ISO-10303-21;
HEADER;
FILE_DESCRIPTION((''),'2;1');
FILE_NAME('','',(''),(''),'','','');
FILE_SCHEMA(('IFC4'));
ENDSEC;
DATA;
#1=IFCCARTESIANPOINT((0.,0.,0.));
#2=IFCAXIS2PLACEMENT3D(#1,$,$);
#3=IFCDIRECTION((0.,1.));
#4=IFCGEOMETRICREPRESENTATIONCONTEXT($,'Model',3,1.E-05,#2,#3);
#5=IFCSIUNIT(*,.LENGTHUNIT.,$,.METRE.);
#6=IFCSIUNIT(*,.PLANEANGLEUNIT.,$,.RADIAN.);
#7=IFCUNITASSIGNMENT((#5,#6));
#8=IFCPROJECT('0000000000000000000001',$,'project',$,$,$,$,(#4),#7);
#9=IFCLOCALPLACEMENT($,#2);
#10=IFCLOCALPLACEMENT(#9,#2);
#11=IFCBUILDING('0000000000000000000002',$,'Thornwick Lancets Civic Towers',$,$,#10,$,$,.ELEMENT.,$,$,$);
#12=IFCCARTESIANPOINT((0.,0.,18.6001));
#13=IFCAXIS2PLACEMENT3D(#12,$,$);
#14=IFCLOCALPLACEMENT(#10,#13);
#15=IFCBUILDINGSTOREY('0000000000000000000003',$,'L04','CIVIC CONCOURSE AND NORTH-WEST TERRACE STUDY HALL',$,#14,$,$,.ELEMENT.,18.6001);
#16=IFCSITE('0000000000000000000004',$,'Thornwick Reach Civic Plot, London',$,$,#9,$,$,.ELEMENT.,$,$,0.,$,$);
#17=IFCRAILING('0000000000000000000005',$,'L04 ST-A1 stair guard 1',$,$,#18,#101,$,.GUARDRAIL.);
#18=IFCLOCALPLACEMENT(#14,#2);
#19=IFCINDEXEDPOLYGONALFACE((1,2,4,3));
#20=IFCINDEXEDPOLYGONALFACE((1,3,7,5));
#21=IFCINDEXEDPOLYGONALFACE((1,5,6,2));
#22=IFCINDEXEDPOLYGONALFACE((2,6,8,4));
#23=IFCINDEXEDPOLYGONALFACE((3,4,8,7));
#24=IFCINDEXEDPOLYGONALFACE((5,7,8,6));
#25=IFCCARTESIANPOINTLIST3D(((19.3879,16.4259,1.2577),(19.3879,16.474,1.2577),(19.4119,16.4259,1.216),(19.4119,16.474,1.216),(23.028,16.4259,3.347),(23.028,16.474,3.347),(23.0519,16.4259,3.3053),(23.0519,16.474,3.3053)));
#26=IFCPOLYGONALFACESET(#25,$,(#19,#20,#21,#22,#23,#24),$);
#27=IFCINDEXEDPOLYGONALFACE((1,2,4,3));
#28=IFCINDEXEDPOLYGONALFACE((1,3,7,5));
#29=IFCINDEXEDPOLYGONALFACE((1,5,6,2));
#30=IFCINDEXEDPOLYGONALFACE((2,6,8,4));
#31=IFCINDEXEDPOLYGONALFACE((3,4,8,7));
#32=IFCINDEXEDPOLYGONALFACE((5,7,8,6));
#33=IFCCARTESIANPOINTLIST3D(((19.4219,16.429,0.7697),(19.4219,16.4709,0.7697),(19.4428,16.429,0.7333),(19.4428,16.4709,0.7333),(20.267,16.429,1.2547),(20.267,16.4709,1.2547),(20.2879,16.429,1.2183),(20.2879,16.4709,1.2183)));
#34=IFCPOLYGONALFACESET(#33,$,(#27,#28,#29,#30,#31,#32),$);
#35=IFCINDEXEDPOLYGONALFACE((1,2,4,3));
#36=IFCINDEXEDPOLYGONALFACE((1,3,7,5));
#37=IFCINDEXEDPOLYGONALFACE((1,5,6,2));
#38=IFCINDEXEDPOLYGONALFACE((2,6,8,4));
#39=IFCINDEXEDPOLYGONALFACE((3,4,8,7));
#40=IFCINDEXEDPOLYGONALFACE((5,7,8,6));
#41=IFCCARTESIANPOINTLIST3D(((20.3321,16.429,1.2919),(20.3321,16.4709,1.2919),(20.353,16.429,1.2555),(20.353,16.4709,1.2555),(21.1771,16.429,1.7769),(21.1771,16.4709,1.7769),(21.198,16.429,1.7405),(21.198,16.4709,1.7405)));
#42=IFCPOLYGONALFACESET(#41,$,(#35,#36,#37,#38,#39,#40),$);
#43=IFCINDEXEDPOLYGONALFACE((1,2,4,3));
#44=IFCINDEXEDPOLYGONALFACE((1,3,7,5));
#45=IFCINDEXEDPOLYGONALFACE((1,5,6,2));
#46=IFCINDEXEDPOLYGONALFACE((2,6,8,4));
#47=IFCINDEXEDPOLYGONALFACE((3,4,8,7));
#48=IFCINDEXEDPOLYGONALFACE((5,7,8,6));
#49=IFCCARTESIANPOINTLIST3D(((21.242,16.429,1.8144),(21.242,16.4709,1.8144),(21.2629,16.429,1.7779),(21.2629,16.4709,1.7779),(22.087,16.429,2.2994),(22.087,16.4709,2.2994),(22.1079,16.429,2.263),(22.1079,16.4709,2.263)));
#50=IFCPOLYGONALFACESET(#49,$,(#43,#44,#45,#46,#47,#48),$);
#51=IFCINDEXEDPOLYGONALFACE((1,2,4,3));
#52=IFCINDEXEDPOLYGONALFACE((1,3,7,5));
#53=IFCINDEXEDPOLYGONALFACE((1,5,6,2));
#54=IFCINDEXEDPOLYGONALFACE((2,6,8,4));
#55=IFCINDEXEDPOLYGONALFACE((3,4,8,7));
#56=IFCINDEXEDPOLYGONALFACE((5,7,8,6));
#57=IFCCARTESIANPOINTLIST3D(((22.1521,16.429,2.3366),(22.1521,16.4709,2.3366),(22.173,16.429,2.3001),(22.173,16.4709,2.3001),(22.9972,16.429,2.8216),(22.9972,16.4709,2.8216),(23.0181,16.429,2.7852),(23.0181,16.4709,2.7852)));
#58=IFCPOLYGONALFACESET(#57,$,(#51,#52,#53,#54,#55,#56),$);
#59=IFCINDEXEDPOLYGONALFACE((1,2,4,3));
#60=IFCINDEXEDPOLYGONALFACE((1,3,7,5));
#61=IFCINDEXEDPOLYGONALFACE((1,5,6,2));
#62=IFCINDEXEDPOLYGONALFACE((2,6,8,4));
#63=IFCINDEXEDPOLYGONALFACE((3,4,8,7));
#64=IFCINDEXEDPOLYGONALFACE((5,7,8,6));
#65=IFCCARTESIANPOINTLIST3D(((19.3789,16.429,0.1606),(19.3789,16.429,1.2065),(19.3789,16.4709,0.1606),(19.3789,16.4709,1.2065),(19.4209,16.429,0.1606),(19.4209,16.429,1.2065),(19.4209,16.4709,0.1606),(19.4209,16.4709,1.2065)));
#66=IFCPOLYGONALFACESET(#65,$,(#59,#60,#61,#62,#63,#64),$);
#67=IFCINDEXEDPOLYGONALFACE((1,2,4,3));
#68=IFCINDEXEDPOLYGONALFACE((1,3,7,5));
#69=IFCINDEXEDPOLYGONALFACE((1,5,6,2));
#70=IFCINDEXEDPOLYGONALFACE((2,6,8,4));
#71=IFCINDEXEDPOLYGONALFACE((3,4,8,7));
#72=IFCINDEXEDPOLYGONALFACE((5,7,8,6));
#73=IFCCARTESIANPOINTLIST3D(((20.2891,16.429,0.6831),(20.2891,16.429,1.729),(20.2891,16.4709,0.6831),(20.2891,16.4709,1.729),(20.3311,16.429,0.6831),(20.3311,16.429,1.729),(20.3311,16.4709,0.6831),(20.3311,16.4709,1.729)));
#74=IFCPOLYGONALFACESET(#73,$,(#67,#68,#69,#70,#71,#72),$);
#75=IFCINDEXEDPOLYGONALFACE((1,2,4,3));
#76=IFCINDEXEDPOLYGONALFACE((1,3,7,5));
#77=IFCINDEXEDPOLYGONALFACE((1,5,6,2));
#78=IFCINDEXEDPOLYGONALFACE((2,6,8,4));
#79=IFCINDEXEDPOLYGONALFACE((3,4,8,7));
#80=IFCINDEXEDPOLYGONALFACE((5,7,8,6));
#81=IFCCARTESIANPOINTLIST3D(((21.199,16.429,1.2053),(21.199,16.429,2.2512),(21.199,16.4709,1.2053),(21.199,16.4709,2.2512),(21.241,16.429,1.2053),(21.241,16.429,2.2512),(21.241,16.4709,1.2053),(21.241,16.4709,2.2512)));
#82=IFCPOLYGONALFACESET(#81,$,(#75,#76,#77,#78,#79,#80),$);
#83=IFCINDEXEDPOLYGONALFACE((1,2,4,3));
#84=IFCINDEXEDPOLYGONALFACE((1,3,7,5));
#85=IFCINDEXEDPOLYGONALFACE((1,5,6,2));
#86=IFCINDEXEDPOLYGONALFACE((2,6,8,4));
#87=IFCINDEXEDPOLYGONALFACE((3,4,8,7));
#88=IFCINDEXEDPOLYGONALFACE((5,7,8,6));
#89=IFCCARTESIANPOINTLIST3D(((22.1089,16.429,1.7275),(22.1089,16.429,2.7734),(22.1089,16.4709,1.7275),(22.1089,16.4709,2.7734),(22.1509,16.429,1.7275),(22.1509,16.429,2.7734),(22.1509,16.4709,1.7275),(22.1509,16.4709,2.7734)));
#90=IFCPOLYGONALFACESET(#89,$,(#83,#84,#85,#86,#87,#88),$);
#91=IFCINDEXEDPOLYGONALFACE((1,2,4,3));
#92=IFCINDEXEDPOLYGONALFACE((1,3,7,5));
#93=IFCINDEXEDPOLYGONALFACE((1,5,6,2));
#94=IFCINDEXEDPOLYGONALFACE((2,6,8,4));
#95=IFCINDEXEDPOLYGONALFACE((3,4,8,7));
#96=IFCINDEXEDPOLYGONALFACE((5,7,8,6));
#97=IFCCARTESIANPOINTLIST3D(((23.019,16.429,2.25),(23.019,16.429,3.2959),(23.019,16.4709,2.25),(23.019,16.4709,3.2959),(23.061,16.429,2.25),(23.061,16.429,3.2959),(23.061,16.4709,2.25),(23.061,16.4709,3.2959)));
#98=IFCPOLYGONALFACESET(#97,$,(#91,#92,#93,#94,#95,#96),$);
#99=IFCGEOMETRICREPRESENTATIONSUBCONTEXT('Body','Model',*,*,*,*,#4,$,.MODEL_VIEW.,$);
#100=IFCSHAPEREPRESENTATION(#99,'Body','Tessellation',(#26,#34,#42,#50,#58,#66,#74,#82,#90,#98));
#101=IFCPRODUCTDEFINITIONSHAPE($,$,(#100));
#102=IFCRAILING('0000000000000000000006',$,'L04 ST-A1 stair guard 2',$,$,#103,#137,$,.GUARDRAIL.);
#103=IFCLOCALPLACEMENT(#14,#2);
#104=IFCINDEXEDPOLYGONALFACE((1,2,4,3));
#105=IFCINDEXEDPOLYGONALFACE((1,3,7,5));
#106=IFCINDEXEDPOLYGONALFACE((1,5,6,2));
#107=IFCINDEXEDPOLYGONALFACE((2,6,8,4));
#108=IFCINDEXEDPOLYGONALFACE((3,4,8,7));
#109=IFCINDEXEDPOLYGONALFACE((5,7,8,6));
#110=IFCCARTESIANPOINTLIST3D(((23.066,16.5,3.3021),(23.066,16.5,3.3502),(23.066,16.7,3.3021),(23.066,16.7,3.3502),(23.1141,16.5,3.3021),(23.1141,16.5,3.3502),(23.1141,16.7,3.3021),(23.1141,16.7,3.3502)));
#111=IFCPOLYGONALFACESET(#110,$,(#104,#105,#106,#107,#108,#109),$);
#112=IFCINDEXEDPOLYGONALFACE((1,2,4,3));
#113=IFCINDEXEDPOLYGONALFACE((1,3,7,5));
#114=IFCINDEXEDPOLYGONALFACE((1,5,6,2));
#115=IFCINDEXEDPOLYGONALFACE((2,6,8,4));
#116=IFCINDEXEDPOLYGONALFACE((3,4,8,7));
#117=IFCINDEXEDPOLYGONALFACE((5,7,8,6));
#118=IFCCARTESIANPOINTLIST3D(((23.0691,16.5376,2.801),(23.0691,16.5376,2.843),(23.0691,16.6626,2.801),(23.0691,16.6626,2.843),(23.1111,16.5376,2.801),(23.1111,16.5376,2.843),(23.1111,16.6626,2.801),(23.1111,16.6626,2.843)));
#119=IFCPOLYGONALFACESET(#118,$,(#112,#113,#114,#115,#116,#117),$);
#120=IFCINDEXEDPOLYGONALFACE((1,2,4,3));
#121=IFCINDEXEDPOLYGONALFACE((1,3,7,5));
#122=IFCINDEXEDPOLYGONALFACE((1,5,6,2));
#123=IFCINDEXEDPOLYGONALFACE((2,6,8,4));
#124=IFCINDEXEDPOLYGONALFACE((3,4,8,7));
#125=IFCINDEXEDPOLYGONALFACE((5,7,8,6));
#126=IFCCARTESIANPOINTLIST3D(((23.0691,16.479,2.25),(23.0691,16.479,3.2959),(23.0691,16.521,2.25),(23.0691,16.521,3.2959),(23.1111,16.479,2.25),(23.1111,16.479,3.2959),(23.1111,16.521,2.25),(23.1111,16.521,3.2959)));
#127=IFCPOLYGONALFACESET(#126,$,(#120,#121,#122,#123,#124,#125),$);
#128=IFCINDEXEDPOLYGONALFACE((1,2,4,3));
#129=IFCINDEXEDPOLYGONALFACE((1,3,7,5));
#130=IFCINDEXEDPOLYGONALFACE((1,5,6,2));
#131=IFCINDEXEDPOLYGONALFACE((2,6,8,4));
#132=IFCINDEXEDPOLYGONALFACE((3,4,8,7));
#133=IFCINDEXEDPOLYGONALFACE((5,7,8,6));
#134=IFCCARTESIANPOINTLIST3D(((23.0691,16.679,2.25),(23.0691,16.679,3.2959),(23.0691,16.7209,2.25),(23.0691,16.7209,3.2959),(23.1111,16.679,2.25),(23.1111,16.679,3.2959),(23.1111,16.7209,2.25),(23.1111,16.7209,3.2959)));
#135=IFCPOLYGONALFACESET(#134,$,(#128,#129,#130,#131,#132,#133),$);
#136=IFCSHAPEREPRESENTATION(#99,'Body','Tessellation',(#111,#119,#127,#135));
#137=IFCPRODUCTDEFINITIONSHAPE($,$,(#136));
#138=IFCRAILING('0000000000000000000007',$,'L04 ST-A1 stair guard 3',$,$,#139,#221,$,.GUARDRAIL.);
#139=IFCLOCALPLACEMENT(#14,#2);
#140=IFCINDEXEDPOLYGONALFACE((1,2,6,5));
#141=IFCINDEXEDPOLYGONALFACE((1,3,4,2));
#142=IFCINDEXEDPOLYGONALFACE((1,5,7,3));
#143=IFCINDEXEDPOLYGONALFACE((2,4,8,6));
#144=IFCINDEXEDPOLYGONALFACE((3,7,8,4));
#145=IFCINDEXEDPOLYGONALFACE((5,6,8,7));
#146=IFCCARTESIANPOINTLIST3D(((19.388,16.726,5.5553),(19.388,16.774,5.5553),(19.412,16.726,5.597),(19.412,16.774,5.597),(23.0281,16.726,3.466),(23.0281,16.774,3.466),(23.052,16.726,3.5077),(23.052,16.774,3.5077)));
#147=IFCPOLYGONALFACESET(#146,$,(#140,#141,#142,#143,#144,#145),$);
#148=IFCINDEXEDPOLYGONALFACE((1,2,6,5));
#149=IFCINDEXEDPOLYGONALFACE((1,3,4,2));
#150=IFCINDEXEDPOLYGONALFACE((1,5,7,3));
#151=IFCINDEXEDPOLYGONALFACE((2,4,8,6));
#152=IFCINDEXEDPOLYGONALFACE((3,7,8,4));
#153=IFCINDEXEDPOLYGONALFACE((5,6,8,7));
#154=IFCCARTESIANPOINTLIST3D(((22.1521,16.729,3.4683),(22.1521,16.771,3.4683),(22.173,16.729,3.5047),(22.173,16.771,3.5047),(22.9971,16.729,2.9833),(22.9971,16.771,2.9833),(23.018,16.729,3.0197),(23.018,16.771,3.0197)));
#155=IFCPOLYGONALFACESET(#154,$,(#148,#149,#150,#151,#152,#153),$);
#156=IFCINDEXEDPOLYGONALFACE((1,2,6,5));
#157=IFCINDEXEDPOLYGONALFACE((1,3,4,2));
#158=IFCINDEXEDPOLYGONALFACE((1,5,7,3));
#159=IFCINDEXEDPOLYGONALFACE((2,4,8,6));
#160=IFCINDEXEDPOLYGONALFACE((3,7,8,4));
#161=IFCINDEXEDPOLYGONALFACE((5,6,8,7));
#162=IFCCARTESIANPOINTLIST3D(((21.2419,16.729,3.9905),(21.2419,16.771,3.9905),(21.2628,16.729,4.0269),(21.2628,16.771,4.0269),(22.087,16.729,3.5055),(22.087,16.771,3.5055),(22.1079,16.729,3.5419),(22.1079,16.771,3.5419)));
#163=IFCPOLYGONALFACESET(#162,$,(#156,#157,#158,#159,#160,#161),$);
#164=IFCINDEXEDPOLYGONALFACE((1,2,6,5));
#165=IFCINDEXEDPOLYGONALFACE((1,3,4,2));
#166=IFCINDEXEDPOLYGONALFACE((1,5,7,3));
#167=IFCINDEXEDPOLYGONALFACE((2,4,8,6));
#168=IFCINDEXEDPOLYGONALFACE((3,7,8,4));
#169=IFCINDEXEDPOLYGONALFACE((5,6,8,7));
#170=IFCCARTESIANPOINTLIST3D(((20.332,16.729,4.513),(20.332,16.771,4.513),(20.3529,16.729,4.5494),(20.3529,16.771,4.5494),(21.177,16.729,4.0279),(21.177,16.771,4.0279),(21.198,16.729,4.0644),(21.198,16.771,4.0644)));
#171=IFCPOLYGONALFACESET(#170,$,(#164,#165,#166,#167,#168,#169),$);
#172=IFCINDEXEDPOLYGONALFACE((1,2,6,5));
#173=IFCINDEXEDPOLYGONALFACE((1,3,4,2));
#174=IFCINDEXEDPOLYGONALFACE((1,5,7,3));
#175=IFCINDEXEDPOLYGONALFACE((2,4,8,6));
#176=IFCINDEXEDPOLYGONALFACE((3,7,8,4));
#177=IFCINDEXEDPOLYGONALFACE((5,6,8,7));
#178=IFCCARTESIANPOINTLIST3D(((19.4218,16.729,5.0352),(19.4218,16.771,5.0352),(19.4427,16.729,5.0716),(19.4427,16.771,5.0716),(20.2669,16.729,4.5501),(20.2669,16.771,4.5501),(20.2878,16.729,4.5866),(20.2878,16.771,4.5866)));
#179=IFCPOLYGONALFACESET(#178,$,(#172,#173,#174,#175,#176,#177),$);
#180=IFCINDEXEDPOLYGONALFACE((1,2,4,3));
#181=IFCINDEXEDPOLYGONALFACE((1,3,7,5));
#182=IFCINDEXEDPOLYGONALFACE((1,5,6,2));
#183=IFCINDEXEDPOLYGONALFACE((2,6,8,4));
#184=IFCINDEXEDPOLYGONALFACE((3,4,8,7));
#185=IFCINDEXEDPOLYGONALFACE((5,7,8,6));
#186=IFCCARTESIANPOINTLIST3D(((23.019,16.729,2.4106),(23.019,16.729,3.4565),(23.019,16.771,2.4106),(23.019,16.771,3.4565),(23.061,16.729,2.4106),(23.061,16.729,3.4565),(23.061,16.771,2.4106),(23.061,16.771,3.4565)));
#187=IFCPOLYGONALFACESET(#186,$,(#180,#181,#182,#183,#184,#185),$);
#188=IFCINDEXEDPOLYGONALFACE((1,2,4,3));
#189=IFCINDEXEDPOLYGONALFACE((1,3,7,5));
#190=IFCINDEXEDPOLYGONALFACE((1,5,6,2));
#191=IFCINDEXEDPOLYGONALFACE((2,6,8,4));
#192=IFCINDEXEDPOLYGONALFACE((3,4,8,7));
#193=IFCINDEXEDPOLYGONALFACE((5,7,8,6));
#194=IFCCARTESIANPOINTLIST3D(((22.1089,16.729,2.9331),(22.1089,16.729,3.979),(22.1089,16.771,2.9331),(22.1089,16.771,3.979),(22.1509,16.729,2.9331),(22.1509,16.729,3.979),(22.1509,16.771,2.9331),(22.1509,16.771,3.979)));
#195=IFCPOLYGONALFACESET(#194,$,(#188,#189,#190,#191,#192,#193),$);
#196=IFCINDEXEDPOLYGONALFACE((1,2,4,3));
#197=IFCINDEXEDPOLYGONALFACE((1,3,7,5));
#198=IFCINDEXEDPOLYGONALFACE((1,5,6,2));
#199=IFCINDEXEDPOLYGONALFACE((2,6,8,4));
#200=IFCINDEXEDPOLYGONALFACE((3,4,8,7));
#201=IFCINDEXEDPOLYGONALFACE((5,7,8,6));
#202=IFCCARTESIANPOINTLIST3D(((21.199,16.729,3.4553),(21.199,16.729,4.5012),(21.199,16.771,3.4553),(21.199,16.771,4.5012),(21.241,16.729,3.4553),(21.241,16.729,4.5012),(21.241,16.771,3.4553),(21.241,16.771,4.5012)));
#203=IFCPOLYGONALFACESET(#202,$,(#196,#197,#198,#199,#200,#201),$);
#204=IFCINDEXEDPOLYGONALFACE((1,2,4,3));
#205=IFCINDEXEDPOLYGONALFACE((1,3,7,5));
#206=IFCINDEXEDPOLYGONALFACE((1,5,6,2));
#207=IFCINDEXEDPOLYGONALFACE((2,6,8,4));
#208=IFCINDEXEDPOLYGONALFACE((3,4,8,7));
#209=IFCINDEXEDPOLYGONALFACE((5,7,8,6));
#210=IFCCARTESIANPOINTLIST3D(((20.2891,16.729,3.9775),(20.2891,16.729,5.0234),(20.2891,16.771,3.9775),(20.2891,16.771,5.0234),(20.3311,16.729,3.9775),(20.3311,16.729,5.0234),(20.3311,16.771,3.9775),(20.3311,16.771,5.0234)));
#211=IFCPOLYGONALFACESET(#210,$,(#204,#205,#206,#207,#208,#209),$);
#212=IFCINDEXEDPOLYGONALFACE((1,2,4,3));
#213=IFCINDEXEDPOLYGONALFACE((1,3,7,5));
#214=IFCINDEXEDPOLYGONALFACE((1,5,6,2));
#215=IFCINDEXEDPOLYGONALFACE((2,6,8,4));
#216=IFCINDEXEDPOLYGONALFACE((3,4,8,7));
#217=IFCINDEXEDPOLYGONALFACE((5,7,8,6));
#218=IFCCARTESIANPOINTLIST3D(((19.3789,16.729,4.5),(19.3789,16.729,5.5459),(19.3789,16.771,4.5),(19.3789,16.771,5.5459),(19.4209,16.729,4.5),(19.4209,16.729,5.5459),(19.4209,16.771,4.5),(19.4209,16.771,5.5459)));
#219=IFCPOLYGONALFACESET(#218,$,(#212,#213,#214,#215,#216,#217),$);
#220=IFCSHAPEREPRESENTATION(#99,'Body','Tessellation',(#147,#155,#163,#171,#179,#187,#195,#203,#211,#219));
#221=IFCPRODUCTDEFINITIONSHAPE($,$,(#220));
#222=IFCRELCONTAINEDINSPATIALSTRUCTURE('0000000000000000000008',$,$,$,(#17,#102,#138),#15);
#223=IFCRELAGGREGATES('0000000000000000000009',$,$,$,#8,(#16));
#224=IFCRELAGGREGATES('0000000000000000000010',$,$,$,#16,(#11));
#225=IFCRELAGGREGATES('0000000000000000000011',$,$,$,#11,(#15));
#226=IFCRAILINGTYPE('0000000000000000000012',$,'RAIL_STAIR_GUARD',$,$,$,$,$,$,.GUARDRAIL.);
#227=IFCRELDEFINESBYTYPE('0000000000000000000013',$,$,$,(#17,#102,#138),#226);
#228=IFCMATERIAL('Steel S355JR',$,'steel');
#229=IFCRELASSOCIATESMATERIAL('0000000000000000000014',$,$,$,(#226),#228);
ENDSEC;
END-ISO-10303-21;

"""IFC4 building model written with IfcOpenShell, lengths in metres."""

from ifc_helpers import new_model, si_unit, direction, frame, origin, origin_2d, place, context, subcontext, project, spatial, rectangle, extrude, material, type_object, element, save


model = new_model("IFC4")

# Units and contexts
model_context = context("Model", 3, precision=1e-05, world=origin(), true_north=direction((0.0, 1.0)))
body_context = subcontext(model_context, "Body", "Model", "MODEL_VIEW")
ifc_project = project(units=[si_unit("LENGTHUNIT", "METRE"), si_unit("PLANEANGLEUNIT", "RADIAN")], contexts=[model_context])

# Site, building, storey
site_placement = place(None, origin())
site = spatial("IfcSite", under=ifc_project, at=site_placement, Name="Thornwick Reach Civic Plot, London", CompositionType="ELEMENT", RefElevation=0.0)
building_placement = place(site_placement, origin())
building = spatial("IfcBuilding", under=site, at=building_placement, Name="Thornwick Lancets Civic Towers", CompositionType="ELEMENT")
storey_placement = place(building_placement, frame((0.0, 0.0, 18.6001)))
storey = spatial("IfcBuildingStorey", under=building, at=storey_placement, Name="L04", Description="CIVIC CONCOURSE AND NORTH-WEST TERRACE STUDY HALL", CompositionType="ELEMENT", Elevation=18.6001)

# Shared definitions
ifc_material_1 = material(Name="Steel S355JR", Category="steel")

# Railings
railing_type_1 = type_object("IfcRailingType", Name="RAIL_STAIR_GUARD", PredefinedType="GUARDRAIL", material=ifc_material_1)
railing_1_placement = place(storey_placement, frame((19.3999, 16.45, 0.1606)))
element("IfcRailing", 1, at=railing_1_placement, inside=storey, type_object=railing_type_1, Name="L04 ST-A1 stair guard 1", PredefinedType="GUARDRAIL", context=body_context, shape_type="SweptSolid", body=[
    extrude(rectangle(XDim=0.0481, YDim=0.0481, at=origin_2d()), frame((0.0, 0.0, 1.0762), z_axis=(0.867289, 0.0, 0.497804), x_axis=(0.0, 1.0, 0.0)), (0.0, 0.0, 1.0), 4.197),
    extrude(rectangle(XDim=0.042, YDim=0.042, at=origin_2d()), frame((0.0325, 0.0, 0.5908), z_axis=(0.867289, 0.0, 0.497804), x_axis=(0.0, 1.0, 0.0)), (0.0, 0.0, 1.0), 0.9744),
    extrude(rectangle(XDim=0.042, YDim=0.042, at=origin_2d()), frame((0.9426, 0.0, 1.113), z_axis=(0.867289, 0.0, 0.497804), x_axis=(0.0, 1.0, 0.0)), (0.0, 0.0, 1.0), 0.9744),
    extrude(rectangle(XDim=0.042, YDim=0.042, at=origin_2d()), frame((1.8525, 0.0, 1.6355), z_axis=(0.867289, 0.0, 0.497804), x_axis=(0.0, 1.0, 0.0)), (0.0, 0.0, 1.0), 0.9744),
    extrude(rectangle(XDim=0.042, YDim=0.042, at=origin_2d()), frame((2.7627, 0.0, 2.1577), z_axis=(0.867289, 0.0, 0.497804), x_axis=(0.0, 1.0, 0.0)), (0.0, 0.0, 1.0), 0.9744),
    extrude(rectangle(XDim=0.042, YDim=0.042, at=origin_2d()), origin(), (0.0, 0.0, 1.0), 1.0459),
    extrude(rectangle(XDim=0.042, YDim=0.042, at=origin_2d()), frame((0.9102, 0.0, 0.5225)), (0.0, 0.0, 1.0), 1.0459),
    extrude(rectangle(XDim=0.042, YDim=0.042, at=origin_2d()), frame((1.8201, 0.0, 1.0447)), (0.0, 0.0, 1.0), 1.0459),
    extrude(rectangle(XDim=0.042, YDim=0.042, at=origin_2d()), frame((2.73, 0.0, 1.5669)), (0.0, 0.0, 1.0), 1.0459),
    extrude(rectangle(XDim=0.042, YDim=0.042, at=origin_2d()), frame((3.6401, 0.0, 2.0894)), (0.0, 0.0, 1.0), 1.0459),
])
railing_2_placement = place(storey_placement, frame((23.0901, 16.5, 2.25)))
element("IfcRailing", 2, at=railing_2_placement, inside=storey, type_object=railing_type_1, Name="L04 ST-A1 stair guard 2", PredefinedType="GUARDRAIL", context=body_context, shape_type="SweptSolid", body=[
    extrude(rectangle(XDim=0.0481, YDim=0.0481, at=origin_2d()), frame((0.0, 0.0, 1.0762), z_axis=(0.0, 1.0, 0.0), x_axis=(-1.0, 0.0, 0.0)), (0.0, 0.0, 1.0), 0.2),
    extrude(rectangle(XDim=0.042, YDim=0.042, at=origin_2d()), frame((0.0, 0.0376, 0.572), z_axis=(0.0, 1.0, 0.0), x_axis=(-1.0, 0.0, 0.0)), (0.0, 0.0, 1.0), 0.125),
    extrude(rectangle(XDim=0.042, YDim=0.042, at=origin_2d()), origin(), (0.0, 0.0, 1.0), 1.0459),
    extrude(rectangle(XDim=0.042, YDim=0.042, at=origin_2d()), frame((0.0, 0.2, 0.0)), (0.0, 0.0, 1.0), 1.0459),
])
railing_3_placement = place(storey_placement, frame((23.04, 16.75, 2.4106)))
element("IfcRailing", 3, at=railing_3_placement, inside=storey, type_object=railing_type_1, Name="L04 ST-A1 stair guard 3", PredefinedType="GUARDRAIL", context=body_context, shape_type="SweptSolid", body=[
    extrude(rectangle(XDim=0.0481, YDim=0.0481, at=origin_2d()), frame((0.0, 0.0, 1.0762), z_axis=(-0.867289, 0.0, 0.497804), x_axis=(0.0, -1.0, 0.0)), (0.0, 0.0, 1.0), 4.197),
    extrude(rectangle(XDim=0.042, YDim=0.042, at=origin_2d()), frame((-0.0325, 0.0, 0.5908), z_axis=(-0.867289, 0.0, 0.497804), x_axis=(0.0, -1.0, 0.0)), (0.0, 0.0, 1.0), 0.9744),
    extrude(rectangle(XDim=0.042, YDim=0.042, at=origin_2d()), frame((-0.9426, 0.0, 1.113), z_axis=(-0.867289, 0.0, 0.497804), x_axis=(0.0, -1.0, 0.0)), (0.0, 0.0, 1.0), 0.9744),
    extrude(rectangle(XDim=0.042, YDim=0.042, at=origin_2d()), frame((-1.8525, 0.0, 1.6355), z_axis=(-0.867289, 0.0, 0.497804), x_axis=(0.0, -1.0, 0.0)), (0.0, 0.0, 1.0), 0.9744),
    extrude(rectangle(XDim=0.042, YDim=0.042, at=origin_2d()), frame((-2.7627, 0.0, 2.1577), z_axis=(-0.867289, 0.0, 0.497804), x_axis=(0.0, -1.0, 0.0)), (0.0, 0.0, 1.0), 0.9744),
    extrude(rectangle(XDim=0.042, YDim=0.042, at=origin_2d()), origin(), (0.0, 0.0, 1.0), 1.0459),
    extrude(rectangle(XDim=0.042, YDim=0.042, at=origin_2d()), frame((-0.9102, 0.0, 0.5225)), (0.0, 0.0, 1.0), 1.0459),
    extrude(rectangle(XDim=0.042, YDim=0.042, at=origin_2d()), frame((-1.8201, 0.0, 1.0447)), (0.0, 0.0, 1.0), 1.0459),
    extrude(rectangle(XDim=0.042, YDim=0.042, at=origin_2d()), frame((-2.73, 0.0, 1.5669)), (0.0, 0.0, 1.0), 1.0459),
    extrude(rectangle(XDim=0.042, YDim=0.042, at=origin_2d()), frame((-3.6401, 0.0, 2.0894)), (0.0, 0.0, 1.0), 1.0459),
])

save(model, "model.ifc")
